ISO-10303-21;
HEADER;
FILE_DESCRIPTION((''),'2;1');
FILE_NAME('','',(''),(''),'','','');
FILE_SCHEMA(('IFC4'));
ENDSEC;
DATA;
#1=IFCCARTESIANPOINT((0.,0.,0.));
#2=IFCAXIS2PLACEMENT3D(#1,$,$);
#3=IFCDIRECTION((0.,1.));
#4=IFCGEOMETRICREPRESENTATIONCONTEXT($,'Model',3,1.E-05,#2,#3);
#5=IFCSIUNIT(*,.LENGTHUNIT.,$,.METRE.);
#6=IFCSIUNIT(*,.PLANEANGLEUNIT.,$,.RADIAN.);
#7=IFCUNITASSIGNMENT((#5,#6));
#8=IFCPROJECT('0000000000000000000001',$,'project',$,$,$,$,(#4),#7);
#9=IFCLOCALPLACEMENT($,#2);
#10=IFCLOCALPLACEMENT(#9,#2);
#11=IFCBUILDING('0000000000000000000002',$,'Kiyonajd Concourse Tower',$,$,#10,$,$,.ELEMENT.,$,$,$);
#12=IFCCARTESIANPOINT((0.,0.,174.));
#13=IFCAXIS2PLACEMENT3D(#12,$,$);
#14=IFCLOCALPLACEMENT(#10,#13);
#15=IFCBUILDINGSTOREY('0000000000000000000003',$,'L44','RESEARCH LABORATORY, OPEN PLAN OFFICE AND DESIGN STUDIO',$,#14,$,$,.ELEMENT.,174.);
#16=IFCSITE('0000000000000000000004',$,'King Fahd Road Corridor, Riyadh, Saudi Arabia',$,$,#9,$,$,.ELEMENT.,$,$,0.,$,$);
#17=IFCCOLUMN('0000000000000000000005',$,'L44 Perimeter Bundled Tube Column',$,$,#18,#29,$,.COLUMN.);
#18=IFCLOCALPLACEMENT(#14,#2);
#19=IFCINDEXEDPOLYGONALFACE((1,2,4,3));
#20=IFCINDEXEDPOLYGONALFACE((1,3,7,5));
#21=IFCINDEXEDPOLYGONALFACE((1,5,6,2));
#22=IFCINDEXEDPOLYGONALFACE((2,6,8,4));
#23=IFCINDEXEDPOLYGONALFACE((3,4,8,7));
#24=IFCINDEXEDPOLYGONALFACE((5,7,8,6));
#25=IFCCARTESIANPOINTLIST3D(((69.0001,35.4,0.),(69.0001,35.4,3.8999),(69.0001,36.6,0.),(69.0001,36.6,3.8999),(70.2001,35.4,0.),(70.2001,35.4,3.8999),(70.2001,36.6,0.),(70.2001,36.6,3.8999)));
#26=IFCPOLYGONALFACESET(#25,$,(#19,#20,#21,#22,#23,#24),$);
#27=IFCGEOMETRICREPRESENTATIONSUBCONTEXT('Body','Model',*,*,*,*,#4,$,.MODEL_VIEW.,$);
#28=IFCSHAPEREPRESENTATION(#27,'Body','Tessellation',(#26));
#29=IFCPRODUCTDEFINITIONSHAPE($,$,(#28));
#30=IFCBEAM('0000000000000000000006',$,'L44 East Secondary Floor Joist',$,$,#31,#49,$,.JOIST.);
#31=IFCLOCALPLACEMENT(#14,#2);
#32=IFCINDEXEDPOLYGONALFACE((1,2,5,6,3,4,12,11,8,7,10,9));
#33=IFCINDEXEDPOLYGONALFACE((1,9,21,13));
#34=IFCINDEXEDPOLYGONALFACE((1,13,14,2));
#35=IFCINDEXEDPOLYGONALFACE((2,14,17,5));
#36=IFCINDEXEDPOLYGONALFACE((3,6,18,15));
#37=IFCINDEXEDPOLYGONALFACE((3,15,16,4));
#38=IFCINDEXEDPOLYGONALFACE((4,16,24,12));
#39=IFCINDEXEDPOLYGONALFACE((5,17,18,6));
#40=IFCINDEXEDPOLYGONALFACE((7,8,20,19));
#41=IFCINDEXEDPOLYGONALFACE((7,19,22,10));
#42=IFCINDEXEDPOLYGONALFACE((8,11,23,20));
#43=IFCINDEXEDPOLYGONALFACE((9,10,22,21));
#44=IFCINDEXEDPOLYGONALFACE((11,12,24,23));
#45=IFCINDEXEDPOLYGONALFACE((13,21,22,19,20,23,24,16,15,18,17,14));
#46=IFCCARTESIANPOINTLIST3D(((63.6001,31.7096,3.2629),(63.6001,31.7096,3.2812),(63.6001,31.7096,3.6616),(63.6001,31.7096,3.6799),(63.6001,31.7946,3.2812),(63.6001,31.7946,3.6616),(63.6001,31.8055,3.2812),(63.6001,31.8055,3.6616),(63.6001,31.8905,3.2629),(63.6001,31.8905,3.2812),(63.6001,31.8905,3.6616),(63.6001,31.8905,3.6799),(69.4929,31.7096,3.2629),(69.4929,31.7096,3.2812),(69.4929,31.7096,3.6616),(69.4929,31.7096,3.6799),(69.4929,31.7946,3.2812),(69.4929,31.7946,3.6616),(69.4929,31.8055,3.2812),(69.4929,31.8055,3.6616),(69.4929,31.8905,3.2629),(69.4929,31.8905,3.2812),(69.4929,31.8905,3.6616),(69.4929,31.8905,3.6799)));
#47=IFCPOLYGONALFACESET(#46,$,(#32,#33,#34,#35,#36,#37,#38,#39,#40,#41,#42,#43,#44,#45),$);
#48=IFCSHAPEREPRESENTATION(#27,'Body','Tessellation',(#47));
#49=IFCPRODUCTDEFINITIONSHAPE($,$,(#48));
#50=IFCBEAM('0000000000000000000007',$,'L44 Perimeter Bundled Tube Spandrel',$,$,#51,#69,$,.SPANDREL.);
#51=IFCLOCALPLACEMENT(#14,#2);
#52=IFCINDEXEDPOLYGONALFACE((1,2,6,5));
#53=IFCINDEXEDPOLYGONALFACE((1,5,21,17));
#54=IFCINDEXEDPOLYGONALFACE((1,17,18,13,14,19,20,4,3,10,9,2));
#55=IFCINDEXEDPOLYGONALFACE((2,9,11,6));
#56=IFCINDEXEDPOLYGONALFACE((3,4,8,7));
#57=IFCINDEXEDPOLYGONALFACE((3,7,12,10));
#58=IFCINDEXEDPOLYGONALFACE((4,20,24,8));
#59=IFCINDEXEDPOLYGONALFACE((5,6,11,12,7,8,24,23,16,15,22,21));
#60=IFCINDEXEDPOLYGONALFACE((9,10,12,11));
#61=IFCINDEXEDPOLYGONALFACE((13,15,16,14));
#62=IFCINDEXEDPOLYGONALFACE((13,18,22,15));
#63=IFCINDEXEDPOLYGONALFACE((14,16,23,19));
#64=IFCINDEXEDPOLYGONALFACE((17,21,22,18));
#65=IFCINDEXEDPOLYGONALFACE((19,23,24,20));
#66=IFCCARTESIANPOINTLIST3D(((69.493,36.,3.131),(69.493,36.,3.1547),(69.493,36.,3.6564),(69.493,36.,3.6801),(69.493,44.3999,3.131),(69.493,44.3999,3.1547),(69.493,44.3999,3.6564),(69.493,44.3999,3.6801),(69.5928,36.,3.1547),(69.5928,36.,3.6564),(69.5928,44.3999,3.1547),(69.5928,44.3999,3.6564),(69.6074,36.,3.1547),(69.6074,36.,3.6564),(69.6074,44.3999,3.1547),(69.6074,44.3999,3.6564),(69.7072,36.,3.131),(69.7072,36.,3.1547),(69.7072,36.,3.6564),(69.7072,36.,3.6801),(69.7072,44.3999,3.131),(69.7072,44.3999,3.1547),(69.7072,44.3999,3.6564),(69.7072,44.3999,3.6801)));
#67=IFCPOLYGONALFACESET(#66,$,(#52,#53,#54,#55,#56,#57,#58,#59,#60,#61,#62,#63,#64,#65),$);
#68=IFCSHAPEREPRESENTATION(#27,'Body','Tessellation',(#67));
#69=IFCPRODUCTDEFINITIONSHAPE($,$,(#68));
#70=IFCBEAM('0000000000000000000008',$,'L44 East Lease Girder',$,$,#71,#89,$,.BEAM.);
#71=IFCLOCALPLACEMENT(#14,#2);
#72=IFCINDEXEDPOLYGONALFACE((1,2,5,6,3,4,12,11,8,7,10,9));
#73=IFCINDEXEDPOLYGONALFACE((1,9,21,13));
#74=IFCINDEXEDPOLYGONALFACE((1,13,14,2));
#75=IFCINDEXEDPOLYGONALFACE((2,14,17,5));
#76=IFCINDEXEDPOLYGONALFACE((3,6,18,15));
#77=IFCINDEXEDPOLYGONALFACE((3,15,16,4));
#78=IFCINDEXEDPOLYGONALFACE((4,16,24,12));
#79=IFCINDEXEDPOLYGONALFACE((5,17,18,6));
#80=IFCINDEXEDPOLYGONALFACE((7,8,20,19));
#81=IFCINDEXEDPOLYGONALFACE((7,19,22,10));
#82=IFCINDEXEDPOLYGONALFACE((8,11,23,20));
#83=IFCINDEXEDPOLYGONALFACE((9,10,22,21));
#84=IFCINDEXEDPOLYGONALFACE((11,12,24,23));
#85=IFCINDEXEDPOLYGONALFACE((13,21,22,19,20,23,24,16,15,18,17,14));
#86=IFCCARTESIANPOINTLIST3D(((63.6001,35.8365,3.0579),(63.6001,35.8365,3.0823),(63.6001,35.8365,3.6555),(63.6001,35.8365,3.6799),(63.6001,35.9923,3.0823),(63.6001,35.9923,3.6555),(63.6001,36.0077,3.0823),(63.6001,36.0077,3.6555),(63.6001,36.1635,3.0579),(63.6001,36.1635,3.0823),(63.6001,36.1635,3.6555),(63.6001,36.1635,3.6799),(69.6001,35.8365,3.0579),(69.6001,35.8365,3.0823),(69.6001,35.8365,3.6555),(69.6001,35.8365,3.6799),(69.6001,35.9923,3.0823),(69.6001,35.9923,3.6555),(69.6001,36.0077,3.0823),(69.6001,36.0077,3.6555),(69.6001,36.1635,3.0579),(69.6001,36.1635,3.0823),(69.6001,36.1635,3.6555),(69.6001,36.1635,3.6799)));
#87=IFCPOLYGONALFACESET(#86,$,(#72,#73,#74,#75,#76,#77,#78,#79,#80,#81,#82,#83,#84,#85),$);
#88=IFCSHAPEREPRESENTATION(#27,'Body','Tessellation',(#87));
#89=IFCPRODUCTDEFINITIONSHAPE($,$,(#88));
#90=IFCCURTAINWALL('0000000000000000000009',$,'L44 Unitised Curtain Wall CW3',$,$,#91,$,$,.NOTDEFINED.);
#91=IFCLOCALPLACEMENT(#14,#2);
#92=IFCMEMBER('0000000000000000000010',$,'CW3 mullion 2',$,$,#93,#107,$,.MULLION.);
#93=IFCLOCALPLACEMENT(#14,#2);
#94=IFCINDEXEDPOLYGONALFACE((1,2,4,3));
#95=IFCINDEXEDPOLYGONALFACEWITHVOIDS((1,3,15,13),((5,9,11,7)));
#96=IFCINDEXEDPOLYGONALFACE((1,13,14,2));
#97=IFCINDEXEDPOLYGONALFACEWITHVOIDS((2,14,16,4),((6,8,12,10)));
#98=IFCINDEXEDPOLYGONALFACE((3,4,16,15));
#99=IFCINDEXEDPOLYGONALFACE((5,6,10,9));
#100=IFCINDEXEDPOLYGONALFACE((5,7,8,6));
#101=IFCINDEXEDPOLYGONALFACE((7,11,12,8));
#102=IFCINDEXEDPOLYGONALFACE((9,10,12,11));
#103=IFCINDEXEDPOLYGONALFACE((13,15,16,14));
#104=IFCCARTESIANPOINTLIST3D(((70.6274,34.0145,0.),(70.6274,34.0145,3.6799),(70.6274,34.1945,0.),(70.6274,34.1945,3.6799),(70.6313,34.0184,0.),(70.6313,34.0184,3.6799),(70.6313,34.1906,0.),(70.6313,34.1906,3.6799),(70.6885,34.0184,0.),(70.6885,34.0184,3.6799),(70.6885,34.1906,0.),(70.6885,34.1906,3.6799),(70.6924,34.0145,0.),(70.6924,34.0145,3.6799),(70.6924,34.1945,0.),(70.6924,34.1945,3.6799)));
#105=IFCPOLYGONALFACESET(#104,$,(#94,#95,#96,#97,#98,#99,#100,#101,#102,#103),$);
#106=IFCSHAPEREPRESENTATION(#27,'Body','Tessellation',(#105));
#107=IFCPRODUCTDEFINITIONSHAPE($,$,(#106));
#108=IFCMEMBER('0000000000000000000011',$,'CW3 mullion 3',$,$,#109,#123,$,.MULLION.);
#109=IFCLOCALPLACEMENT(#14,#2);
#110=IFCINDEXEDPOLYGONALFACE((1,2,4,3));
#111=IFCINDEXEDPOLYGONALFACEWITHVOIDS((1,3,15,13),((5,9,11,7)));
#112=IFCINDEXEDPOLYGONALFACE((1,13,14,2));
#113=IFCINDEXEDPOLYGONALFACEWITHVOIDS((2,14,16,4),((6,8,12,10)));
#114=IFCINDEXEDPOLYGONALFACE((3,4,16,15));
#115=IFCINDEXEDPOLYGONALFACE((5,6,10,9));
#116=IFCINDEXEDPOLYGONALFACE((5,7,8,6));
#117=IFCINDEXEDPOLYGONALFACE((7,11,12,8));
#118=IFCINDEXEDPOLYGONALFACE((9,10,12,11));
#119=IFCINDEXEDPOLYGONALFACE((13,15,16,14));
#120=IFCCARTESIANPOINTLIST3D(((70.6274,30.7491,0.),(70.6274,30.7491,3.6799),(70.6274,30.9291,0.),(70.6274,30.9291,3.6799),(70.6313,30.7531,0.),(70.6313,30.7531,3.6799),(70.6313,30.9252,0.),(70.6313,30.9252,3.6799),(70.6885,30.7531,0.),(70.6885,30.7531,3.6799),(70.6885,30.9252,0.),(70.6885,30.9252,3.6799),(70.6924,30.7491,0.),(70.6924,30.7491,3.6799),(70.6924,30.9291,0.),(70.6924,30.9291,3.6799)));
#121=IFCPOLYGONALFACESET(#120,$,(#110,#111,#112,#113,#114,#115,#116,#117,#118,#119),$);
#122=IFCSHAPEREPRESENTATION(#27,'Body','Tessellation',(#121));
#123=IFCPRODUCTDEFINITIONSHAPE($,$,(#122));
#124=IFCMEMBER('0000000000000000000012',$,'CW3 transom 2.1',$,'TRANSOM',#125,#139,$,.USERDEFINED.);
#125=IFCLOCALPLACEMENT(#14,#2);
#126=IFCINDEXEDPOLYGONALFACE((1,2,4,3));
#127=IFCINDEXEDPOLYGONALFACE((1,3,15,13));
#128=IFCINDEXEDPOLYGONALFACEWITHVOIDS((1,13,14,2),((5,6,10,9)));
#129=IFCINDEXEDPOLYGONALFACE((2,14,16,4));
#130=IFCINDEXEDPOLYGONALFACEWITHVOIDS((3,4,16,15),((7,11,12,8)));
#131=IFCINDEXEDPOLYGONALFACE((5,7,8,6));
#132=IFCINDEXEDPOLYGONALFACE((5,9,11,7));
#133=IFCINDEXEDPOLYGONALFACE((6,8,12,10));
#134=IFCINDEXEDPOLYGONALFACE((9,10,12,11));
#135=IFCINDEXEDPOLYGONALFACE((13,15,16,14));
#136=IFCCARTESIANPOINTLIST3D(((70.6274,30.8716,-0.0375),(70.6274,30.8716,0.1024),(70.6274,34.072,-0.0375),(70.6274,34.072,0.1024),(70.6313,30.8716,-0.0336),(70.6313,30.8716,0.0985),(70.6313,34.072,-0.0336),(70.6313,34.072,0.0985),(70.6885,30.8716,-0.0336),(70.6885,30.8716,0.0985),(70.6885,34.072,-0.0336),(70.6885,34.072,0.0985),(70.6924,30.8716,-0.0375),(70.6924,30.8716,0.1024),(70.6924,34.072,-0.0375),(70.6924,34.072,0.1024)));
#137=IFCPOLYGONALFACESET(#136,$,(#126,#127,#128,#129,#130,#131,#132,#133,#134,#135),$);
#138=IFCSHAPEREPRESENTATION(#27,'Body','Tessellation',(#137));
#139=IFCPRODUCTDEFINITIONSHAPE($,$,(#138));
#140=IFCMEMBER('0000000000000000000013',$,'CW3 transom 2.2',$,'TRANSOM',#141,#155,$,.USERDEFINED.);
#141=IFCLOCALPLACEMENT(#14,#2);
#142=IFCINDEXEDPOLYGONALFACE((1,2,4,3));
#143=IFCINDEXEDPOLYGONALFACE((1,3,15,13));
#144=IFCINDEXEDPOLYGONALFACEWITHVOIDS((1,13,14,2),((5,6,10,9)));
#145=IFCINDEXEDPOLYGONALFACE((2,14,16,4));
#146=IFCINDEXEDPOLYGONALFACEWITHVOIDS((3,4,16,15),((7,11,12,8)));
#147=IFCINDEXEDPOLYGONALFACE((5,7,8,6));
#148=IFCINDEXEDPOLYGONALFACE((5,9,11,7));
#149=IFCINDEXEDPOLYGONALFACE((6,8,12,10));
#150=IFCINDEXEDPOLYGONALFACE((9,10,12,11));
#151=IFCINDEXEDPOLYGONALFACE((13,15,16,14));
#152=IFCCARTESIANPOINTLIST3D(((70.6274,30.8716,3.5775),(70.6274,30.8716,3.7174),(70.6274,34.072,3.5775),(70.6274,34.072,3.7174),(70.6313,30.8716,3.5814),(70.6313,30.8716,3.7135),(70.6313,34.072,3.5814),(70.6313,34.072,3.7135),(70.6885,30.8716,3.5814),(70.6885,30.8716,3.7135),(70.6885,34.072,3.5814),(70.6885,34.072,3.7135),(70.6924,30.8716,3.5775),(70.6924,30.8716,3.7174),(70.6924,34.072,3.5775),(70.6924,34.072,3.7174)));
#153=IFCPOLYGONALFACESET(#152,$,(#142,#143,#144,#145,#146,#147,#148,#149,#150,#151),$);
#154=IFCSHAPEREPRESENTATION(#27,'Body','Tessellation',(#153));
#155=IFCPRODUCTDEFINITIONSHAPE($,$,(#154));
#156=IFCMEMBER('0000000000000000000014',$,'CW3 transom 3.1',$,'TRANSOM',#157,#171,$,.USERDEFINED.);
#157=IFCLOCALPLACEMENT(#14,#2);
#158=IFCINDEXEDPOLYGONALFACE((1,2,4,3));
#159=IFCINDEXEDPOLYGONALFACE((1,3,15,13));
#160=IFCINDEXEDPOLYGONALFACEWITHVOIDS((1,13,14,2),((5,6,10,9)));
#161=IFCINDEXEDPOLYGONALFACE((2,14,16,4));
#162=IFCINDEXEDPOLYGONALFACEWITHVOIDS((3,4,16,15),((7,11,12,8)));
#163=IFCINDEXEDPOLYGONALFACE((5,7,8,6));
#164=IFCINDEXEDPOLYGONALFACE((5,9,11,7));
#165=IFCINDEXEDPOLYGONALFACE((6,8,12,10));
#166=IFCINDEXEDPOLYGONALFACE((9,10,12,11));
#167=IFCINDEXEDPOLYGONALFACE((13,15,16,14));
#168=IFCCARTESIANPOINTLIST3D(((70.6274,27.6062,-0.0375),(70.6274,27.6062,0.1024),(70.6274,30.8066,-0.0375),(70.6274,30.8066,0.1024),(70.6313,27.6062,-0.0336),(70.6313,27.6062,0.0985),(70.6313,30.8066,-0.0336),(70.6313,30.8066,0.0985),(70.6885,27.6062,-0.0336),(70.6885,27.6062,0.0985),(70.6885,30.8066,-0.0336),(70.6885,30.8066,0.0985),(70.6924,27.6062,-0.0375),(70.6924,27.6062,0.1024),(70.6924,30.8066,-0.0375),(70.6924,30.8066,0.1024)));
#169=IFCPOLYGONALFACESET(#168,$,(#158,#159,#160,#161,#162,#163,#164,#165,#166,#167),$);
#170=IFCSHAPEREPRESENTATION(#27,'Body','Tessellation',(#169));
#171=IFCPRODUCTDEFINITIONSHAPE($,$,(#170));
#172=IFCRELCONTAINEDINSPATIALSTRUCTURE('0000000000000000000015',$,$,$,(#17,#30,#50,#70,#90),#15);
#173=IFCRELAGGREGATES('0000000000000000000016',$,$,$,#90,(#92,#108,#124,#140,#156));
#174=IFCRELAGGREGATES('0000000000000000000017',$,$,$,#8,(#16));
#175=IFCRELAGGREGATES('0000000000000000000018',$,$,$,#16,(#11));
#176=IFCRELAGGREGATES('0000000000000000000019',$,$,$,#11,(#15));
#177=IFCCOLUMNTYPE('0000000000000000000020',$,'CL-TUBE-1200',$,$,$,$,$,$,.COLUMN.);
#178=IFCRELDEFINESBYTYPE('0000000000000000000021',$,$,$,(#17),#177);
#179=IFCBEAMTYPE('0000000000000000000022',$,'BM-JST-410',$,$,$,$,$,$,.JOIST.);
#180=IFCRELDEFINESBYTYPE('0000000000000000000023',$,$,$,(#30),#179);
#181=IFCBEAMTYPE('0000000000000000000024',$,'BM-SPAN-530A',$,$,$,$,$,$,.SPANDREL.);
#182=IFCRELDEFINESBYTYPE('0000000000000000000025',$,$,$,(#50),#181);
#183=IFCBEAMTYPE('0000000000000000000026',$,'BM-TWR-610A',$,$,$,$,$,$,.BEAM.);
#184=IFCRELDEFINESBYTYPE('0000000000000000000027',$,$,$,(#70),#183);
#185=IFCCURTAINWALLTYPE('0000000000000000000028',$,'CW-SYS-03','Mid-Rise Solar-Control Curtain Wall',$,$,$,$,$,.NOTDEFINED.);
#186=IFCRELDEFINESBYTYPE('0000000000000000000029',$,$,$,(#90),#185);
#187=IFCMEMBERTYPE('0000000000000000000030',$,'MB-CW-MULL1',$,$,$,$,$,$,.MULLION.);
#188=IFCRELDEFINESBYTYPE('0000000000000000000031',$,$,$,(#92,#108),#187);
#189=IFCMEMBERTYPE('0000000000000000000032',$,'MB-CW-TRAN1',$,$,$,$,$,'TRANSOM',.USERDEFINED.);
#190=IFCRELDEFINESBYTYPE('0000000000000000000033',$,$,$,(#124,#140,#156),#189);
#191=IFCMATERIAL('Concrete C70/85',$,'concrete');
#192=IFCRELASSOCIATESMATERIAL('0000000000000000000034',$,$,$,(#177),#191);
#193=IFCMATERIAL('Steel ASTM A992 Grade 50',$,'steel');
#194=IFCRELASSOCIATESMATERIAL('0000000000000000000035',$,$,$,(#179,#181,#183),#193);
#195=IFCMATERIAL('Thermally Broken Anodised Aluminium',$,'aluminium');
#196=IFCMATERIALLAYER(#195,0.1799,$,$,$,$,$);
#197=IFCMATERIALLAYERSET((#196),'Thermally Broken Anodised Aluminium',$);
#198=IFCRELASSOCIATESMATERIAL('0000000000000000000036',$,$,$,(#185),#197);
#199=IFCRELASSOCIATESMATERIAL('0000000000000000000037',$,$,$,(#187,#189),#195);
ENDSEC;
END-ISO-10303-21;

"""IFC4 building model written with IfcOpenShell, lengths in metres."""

from ifc_helpers import new_model, si_unit, direction, frame, origin, origin_2d, place, context, subcontext, project, spatial, rectangle, hollow_rectangle, i_section, extrude, material, layer, layer_set, material_profile, profile_set, type_object, element, aggregate, save


model = new_model("IFC4")

# Units and contexts
model_context = context("Model", 3, precision=1e-05, world=origin(), true_north=direction((0.0, 1.0)))
body_context = subcontext(model_context, "Body", "Model", "MODEL_VIEW")
ifc_project = project(units=[si_unit("LENGTHUNIT", "METRE"), si_unit("PLANEANGLEUNIT", "RADIAN")], contexts=[model_context])

# Site, building, storey
site_placement = place(None, origin())
site = spatial("IfcSite", under=ifc_project, at=site_placement, Name="King Fahd Road Corridor, Riyadh, Saudi Arabia", CompositionType="ELEMENT", RefElevation=0.0)
building_placement = place(site_placement, origin())
building = spatial("IfcBuilding", under=site, at=building_placement, Name="Kiyonajd Concourse Tower", CompositionType="ELEMENT")
storey_placement = place(building_placement, frame((0.0, 0.0, 174.0)))
storey = spatial("IfcBuildingStorey", under=building, at=storey_placement, Name="L44", Description="RESEARCH LABORATORY, OPEN PLAN OFFICE AND DESIGN STUDIO", CompositionType="ELEMENT", Elevation=174.0)

# Column
ifc_material_1 = material(Name="Concrete C70/85", Category="concrete")
ifc_material_profile_1 = material_profile(ifc_material_1, rectangle(XDim=1.2, YDim=1.2, at=origin_2d()), Name="RC-1200x1200")
ifc_profile_set_1 = profile_set([ifc_material_profile_1], Name="Concrete C70/85")
column_type = type_object("IfcColumnType", Name="CL-TUBE-1200", PredefinedType="COLUMN", material=ifc_profile_set_1)
column_placement = place(storey_placement, frame((69.6001, 36.0, 0.0), z_axis=(0.0, 0.0, 1.0), x_axis=(1.0, 0.0, 0.0)))
element("IfcColumn", 1, at=column_placement, inside=storey, type_object=column_type, Name="L44 Perimeter Bundled Tube Column", PredefinedType="COLUMN", context=body_context, shape_type="SweptSolid", body=[
    extrude(rectangle(XDim=1.2, YDim=1.2, at=origin_2d()), origin(), (0.0, 0.0, 1.0), 3.8999),
])

# Beams
ifc_material_2 = material(Name="Steel ASTM A992 Grade 50", Category="steel")
ifc_material_profile_2 = material_profile(ifc_material_2, i_section(OverallWidth=0.1809, OverallDepth=0.417, WebThickness=0.011, FlangeThickness=0.0183, at=origin_2d()), Name="W410X85")
ifc_profile_set_2 = profile_set([ifc_material_profile_2], Name="Steel ASTM A992 Grade 50")
beam_type_1 = type_object("IfcBeamType", Name="BM-JST-410", PredefinedType="JOIST", material=ifc_profile_set_2)
beam_1_placement = place(storey_placement, frame((63.6001, 31.8, 3.4714), z_axis=(1.0, 0.0, 0.0), x_axis=(0.0, 1.0, 0.0)))
element("IfcBeam", 2, at=beam_1_placement, inside=storey, type_object=beam_type_1, Name="L44 East Secondary Floor Joist", PredefinedType="JOIST", context=body_context, shape_type="SweptSolid", body=[
    extrude(i_section(OverallWidth=0.1809, OverallDepth=0.417, WebThickness=0.011, FlangeThickness=0.0183, at=origin_2d()), origin(), (0.0, 0.0, 1.0), 5.8928),
])
ifc_material_profile_3 = material_profile(ifc_material_2, i_section(OverallWidth=0.2141, OverallDepth=0.5491, WebThickness=0.0146, FlangeThickness=0.0237, at=origin_2d()), Name="W530X138")
ifc_profile_set_3 = profile_set([ifc_material_profile_3], Name="Steel ASTM A992 Grade 50")
beam_type_2 = type_object("IfcBeamType", Name="BM-SPAN-530A", PredefinedType="SPANDREL", material=ifc_profile_set_3)
beam_2_placement = place(storey_placement, frame((69.6001, 36.0, 3.4055), z_axis=(0.0, 1.0, 0.0), x_axis=(-1.0, 0.0, 0.0)))
element("IfcBeam", 3, at=beam_2_placement, inside=storey, type_object=beam_type_2, Name="L44 Perimeter Bundled Tube Spandrel", PredefinedType="SPANDREL", context=body_context, shape_type="SweptSolid", body=[
    extrude(i_section(OverallWidth=0.2141, OverallDepth=0.5491, WebThickness=0.0146, FlangeThickness=0.0237, at=origin_2d()), origin(), (0.0, 0.0, 1.0), 8.3999),
])
ifc_material_profile_4 = material_profile(ifc_material_2, i_section(OverallWidth=0.3269, OverallDepth=0.6221, WebThickness=0.0154, FlangeThickness=0.0244, at=origin_2d()), Name="W610X195")
ifc_profile_set_4 = profile_set([ifc_material_profile_4], Name="Steel ASTM A992 Grade 50")
beam_type_3 = type_object("IfcBeamType", Name="BM-TWR-610A", PredefinedType="BEAM", material=ifc_profile_set_4)
beam_3_placement = place(storey_placement, frame((63.6001, 36.0, 3.3689), z_axis=(1.0, 0.0, 0.0), x_axis=(0.0, 1.0, 0.0)))
element("IfcBeam", 4, at=beam_3_placement, inside=storey, type_object=beam_type_3, Name="L44 East Lease Girder", PredefinedType="BEAM", context=body_context, shape_type="SweptSolid", body=[
    extrude(i_section(OverallWidth=0.3269, OverallDepth=0.6221, WebThickness=0.0154, FlangeThickness=0.0244, at=origin_2d()), origin(), (0.0, 0.0, 1.0), 6.0),
])

# Curtain wall, members
ifc_material_3 = material(Name="Thermally Broken Anodised Aluminium", Category="aluminium")
ifc_layer_1 = layer(ifc_material_3, 0.1799)
ifc_layer_set_1 = layer_set([ifc_layer_1], Name="Thermally Broken Anodised Aluminium")
curtain_wall_type = type_object("IfcCurtainWallType", Name="CW-SYS-03", Description="Mid-Rise Solar-Control Curtain Wall", PredefinedType="NOTDEFINED", material=ifc_layer_set_1)
curtain_wall_placement = place(storey_placement, origin())
curtain_wall = element("IfcCurtainWall", 5, at=curtain_wall_placement, inside=storey, type_object=curtain_wall_type, Name="L44 Unitised Curtain Wall CW3", PredefinedType="NOTDEFINED")
ifc_material_profile_5 = material_profile(ifc_material_3, hollow_rectangle(XDim=0.0649, YDim=0.1799, WallThickness=0.0039, at=origin_2d()), Name="MULL-65x180")
ifc_profile_set_5 = profile_set([ifc_material_profile_5], Name="Thermally Broken Anodised Aluminium")
member_type_1 = type_object("IfcMemberType", Name="MB-CW-MULL1", PredefinedType="MULLION", material=ifc_profile_set_5)
member_1_placement = place(storey_placement, frame((70.6599, 34.1045, 0.0), z_axis=(0.0, 0.0, 1.0), x_axis=(1.0, 0.0, 0.0)))
member_1 = element("IfcMember", 6, at=member_1_placement, type_object=member_type_1, Name="CW3 mullion 2", PredefinedType="MULLION", context=body_context, shape_type="SweptSolid", body=[
    extrude(hollow_rectangle(XDim=0.0649, YDim=0.1799, WallThickness=0.0039, at=origin_2d()), origin(), (0.0, 0.0, 1.0), 3.6799),
])
member_2_placement = place(storey_placement, frame((70.6599, 30.8391, 0.0), z_axis=(0.0, 0.0, 1.0), x_axis=(1.0, 0.0, 0.0)))
member_2 = element("IfcMember", 7, at=member_2_placement, type_object=member_type_1, Name="CW3 mullion 3", PredefinedType="MULLION", context=body_context, shape_type="SweptSolid", body=[
    extrude(hollow_rectangle(XDim=0.0649, YDim=0.1799, WallThickness=0.0039, at=origin_2d()), origin(), (0.0, 0.0, 1.0), 3.6799),
])
ifc_material_profile_6 = material_profile(ifc_material_3, hollow_rectangle(XDim=0.0649, YDim=0.1399, WallThickness=0.0039, at=origin_2d()), Name="TRAN-65x140")
ifc_profile_set_6 = profile_set([ifc_material_profile_6], Name="Thermally Broken Anodised Aluminium")
member_type_2 = type_object("IfcMemberType", Name="MB-CW-TRAN1", ElementType="TRANSOM", PredefinedType="USERDEFINED", material=ifc_profile_set_6)
member_3_placement = place(storey_placement, frame((70.6599, 34.072, 0.0325), z_axis=(0.0, -1.0, 0.0), x_axis=(1.0, 0.0, 0.0)))
member_3 = element("IfcMember", 8, at=member_3_placement, type_object=member_type_2, Name="CW3 transom 2.1", ObjectType="TRANSOM", PredefinedType="USERDEFINED", context=body_context, shape_type="SweptSolid", body=[
    extrude(hollow_rectangle(XDim=0.0649, YDim=0.1399, WallThickness=0.0039, at=origin_2d()), origin(), (0.0, 0.0, 1.0), 3.2004),
])
member_4_placement = place(storey_placement, frame((70.6599, 34.072, 3.6475), z_axis=(0.0, -1.0, 0.0), x_axis=(1.0, 0.0, 0.0)))
member_4 = element("IfcMember", 9, at=member_4_placement, type_object=member_type_2, Name="CW3 transom 2.2", ObjectType="TRANSOM", PredefinedType="USERDEFINED", context=body_context, shape_type="SweptSolid", body=[
    extrude(hollow_rectangle(XDim=0.0649, YDim=0.1399, WallThickness=0.0039, at=origin_2d()), origin(), (0.0, 0.0, 1.0), 3.2004),
])
member_5_placement = place(storey_placement, frame((70.6599, 30.8066, 0.0325), z_axis=(0.0, -1.0, 0.0), x_axis=(1.0, 0.0, 0.0)))
member_5 = element("IfcMember", 10, at=member_5_placement, type_object=member_type_2, Name="CW3 transom 3.1", ObjectType="TRANSOM", PredefinedType="USERDEFINED", context=body_context, shape_type="SweptSolid", body=[
    extrude(hollow_rectangle(XDim=0.0649, YDim=0.1399, WallThickness=0.0039, at=origin_2d()), origin(), (0.0, 0.0, 1.0), 3.2004),
])
aggregate(curtain_wall, [member_1, member_2, member_3, member_4, member_5])

save(model, "model.ifc")
